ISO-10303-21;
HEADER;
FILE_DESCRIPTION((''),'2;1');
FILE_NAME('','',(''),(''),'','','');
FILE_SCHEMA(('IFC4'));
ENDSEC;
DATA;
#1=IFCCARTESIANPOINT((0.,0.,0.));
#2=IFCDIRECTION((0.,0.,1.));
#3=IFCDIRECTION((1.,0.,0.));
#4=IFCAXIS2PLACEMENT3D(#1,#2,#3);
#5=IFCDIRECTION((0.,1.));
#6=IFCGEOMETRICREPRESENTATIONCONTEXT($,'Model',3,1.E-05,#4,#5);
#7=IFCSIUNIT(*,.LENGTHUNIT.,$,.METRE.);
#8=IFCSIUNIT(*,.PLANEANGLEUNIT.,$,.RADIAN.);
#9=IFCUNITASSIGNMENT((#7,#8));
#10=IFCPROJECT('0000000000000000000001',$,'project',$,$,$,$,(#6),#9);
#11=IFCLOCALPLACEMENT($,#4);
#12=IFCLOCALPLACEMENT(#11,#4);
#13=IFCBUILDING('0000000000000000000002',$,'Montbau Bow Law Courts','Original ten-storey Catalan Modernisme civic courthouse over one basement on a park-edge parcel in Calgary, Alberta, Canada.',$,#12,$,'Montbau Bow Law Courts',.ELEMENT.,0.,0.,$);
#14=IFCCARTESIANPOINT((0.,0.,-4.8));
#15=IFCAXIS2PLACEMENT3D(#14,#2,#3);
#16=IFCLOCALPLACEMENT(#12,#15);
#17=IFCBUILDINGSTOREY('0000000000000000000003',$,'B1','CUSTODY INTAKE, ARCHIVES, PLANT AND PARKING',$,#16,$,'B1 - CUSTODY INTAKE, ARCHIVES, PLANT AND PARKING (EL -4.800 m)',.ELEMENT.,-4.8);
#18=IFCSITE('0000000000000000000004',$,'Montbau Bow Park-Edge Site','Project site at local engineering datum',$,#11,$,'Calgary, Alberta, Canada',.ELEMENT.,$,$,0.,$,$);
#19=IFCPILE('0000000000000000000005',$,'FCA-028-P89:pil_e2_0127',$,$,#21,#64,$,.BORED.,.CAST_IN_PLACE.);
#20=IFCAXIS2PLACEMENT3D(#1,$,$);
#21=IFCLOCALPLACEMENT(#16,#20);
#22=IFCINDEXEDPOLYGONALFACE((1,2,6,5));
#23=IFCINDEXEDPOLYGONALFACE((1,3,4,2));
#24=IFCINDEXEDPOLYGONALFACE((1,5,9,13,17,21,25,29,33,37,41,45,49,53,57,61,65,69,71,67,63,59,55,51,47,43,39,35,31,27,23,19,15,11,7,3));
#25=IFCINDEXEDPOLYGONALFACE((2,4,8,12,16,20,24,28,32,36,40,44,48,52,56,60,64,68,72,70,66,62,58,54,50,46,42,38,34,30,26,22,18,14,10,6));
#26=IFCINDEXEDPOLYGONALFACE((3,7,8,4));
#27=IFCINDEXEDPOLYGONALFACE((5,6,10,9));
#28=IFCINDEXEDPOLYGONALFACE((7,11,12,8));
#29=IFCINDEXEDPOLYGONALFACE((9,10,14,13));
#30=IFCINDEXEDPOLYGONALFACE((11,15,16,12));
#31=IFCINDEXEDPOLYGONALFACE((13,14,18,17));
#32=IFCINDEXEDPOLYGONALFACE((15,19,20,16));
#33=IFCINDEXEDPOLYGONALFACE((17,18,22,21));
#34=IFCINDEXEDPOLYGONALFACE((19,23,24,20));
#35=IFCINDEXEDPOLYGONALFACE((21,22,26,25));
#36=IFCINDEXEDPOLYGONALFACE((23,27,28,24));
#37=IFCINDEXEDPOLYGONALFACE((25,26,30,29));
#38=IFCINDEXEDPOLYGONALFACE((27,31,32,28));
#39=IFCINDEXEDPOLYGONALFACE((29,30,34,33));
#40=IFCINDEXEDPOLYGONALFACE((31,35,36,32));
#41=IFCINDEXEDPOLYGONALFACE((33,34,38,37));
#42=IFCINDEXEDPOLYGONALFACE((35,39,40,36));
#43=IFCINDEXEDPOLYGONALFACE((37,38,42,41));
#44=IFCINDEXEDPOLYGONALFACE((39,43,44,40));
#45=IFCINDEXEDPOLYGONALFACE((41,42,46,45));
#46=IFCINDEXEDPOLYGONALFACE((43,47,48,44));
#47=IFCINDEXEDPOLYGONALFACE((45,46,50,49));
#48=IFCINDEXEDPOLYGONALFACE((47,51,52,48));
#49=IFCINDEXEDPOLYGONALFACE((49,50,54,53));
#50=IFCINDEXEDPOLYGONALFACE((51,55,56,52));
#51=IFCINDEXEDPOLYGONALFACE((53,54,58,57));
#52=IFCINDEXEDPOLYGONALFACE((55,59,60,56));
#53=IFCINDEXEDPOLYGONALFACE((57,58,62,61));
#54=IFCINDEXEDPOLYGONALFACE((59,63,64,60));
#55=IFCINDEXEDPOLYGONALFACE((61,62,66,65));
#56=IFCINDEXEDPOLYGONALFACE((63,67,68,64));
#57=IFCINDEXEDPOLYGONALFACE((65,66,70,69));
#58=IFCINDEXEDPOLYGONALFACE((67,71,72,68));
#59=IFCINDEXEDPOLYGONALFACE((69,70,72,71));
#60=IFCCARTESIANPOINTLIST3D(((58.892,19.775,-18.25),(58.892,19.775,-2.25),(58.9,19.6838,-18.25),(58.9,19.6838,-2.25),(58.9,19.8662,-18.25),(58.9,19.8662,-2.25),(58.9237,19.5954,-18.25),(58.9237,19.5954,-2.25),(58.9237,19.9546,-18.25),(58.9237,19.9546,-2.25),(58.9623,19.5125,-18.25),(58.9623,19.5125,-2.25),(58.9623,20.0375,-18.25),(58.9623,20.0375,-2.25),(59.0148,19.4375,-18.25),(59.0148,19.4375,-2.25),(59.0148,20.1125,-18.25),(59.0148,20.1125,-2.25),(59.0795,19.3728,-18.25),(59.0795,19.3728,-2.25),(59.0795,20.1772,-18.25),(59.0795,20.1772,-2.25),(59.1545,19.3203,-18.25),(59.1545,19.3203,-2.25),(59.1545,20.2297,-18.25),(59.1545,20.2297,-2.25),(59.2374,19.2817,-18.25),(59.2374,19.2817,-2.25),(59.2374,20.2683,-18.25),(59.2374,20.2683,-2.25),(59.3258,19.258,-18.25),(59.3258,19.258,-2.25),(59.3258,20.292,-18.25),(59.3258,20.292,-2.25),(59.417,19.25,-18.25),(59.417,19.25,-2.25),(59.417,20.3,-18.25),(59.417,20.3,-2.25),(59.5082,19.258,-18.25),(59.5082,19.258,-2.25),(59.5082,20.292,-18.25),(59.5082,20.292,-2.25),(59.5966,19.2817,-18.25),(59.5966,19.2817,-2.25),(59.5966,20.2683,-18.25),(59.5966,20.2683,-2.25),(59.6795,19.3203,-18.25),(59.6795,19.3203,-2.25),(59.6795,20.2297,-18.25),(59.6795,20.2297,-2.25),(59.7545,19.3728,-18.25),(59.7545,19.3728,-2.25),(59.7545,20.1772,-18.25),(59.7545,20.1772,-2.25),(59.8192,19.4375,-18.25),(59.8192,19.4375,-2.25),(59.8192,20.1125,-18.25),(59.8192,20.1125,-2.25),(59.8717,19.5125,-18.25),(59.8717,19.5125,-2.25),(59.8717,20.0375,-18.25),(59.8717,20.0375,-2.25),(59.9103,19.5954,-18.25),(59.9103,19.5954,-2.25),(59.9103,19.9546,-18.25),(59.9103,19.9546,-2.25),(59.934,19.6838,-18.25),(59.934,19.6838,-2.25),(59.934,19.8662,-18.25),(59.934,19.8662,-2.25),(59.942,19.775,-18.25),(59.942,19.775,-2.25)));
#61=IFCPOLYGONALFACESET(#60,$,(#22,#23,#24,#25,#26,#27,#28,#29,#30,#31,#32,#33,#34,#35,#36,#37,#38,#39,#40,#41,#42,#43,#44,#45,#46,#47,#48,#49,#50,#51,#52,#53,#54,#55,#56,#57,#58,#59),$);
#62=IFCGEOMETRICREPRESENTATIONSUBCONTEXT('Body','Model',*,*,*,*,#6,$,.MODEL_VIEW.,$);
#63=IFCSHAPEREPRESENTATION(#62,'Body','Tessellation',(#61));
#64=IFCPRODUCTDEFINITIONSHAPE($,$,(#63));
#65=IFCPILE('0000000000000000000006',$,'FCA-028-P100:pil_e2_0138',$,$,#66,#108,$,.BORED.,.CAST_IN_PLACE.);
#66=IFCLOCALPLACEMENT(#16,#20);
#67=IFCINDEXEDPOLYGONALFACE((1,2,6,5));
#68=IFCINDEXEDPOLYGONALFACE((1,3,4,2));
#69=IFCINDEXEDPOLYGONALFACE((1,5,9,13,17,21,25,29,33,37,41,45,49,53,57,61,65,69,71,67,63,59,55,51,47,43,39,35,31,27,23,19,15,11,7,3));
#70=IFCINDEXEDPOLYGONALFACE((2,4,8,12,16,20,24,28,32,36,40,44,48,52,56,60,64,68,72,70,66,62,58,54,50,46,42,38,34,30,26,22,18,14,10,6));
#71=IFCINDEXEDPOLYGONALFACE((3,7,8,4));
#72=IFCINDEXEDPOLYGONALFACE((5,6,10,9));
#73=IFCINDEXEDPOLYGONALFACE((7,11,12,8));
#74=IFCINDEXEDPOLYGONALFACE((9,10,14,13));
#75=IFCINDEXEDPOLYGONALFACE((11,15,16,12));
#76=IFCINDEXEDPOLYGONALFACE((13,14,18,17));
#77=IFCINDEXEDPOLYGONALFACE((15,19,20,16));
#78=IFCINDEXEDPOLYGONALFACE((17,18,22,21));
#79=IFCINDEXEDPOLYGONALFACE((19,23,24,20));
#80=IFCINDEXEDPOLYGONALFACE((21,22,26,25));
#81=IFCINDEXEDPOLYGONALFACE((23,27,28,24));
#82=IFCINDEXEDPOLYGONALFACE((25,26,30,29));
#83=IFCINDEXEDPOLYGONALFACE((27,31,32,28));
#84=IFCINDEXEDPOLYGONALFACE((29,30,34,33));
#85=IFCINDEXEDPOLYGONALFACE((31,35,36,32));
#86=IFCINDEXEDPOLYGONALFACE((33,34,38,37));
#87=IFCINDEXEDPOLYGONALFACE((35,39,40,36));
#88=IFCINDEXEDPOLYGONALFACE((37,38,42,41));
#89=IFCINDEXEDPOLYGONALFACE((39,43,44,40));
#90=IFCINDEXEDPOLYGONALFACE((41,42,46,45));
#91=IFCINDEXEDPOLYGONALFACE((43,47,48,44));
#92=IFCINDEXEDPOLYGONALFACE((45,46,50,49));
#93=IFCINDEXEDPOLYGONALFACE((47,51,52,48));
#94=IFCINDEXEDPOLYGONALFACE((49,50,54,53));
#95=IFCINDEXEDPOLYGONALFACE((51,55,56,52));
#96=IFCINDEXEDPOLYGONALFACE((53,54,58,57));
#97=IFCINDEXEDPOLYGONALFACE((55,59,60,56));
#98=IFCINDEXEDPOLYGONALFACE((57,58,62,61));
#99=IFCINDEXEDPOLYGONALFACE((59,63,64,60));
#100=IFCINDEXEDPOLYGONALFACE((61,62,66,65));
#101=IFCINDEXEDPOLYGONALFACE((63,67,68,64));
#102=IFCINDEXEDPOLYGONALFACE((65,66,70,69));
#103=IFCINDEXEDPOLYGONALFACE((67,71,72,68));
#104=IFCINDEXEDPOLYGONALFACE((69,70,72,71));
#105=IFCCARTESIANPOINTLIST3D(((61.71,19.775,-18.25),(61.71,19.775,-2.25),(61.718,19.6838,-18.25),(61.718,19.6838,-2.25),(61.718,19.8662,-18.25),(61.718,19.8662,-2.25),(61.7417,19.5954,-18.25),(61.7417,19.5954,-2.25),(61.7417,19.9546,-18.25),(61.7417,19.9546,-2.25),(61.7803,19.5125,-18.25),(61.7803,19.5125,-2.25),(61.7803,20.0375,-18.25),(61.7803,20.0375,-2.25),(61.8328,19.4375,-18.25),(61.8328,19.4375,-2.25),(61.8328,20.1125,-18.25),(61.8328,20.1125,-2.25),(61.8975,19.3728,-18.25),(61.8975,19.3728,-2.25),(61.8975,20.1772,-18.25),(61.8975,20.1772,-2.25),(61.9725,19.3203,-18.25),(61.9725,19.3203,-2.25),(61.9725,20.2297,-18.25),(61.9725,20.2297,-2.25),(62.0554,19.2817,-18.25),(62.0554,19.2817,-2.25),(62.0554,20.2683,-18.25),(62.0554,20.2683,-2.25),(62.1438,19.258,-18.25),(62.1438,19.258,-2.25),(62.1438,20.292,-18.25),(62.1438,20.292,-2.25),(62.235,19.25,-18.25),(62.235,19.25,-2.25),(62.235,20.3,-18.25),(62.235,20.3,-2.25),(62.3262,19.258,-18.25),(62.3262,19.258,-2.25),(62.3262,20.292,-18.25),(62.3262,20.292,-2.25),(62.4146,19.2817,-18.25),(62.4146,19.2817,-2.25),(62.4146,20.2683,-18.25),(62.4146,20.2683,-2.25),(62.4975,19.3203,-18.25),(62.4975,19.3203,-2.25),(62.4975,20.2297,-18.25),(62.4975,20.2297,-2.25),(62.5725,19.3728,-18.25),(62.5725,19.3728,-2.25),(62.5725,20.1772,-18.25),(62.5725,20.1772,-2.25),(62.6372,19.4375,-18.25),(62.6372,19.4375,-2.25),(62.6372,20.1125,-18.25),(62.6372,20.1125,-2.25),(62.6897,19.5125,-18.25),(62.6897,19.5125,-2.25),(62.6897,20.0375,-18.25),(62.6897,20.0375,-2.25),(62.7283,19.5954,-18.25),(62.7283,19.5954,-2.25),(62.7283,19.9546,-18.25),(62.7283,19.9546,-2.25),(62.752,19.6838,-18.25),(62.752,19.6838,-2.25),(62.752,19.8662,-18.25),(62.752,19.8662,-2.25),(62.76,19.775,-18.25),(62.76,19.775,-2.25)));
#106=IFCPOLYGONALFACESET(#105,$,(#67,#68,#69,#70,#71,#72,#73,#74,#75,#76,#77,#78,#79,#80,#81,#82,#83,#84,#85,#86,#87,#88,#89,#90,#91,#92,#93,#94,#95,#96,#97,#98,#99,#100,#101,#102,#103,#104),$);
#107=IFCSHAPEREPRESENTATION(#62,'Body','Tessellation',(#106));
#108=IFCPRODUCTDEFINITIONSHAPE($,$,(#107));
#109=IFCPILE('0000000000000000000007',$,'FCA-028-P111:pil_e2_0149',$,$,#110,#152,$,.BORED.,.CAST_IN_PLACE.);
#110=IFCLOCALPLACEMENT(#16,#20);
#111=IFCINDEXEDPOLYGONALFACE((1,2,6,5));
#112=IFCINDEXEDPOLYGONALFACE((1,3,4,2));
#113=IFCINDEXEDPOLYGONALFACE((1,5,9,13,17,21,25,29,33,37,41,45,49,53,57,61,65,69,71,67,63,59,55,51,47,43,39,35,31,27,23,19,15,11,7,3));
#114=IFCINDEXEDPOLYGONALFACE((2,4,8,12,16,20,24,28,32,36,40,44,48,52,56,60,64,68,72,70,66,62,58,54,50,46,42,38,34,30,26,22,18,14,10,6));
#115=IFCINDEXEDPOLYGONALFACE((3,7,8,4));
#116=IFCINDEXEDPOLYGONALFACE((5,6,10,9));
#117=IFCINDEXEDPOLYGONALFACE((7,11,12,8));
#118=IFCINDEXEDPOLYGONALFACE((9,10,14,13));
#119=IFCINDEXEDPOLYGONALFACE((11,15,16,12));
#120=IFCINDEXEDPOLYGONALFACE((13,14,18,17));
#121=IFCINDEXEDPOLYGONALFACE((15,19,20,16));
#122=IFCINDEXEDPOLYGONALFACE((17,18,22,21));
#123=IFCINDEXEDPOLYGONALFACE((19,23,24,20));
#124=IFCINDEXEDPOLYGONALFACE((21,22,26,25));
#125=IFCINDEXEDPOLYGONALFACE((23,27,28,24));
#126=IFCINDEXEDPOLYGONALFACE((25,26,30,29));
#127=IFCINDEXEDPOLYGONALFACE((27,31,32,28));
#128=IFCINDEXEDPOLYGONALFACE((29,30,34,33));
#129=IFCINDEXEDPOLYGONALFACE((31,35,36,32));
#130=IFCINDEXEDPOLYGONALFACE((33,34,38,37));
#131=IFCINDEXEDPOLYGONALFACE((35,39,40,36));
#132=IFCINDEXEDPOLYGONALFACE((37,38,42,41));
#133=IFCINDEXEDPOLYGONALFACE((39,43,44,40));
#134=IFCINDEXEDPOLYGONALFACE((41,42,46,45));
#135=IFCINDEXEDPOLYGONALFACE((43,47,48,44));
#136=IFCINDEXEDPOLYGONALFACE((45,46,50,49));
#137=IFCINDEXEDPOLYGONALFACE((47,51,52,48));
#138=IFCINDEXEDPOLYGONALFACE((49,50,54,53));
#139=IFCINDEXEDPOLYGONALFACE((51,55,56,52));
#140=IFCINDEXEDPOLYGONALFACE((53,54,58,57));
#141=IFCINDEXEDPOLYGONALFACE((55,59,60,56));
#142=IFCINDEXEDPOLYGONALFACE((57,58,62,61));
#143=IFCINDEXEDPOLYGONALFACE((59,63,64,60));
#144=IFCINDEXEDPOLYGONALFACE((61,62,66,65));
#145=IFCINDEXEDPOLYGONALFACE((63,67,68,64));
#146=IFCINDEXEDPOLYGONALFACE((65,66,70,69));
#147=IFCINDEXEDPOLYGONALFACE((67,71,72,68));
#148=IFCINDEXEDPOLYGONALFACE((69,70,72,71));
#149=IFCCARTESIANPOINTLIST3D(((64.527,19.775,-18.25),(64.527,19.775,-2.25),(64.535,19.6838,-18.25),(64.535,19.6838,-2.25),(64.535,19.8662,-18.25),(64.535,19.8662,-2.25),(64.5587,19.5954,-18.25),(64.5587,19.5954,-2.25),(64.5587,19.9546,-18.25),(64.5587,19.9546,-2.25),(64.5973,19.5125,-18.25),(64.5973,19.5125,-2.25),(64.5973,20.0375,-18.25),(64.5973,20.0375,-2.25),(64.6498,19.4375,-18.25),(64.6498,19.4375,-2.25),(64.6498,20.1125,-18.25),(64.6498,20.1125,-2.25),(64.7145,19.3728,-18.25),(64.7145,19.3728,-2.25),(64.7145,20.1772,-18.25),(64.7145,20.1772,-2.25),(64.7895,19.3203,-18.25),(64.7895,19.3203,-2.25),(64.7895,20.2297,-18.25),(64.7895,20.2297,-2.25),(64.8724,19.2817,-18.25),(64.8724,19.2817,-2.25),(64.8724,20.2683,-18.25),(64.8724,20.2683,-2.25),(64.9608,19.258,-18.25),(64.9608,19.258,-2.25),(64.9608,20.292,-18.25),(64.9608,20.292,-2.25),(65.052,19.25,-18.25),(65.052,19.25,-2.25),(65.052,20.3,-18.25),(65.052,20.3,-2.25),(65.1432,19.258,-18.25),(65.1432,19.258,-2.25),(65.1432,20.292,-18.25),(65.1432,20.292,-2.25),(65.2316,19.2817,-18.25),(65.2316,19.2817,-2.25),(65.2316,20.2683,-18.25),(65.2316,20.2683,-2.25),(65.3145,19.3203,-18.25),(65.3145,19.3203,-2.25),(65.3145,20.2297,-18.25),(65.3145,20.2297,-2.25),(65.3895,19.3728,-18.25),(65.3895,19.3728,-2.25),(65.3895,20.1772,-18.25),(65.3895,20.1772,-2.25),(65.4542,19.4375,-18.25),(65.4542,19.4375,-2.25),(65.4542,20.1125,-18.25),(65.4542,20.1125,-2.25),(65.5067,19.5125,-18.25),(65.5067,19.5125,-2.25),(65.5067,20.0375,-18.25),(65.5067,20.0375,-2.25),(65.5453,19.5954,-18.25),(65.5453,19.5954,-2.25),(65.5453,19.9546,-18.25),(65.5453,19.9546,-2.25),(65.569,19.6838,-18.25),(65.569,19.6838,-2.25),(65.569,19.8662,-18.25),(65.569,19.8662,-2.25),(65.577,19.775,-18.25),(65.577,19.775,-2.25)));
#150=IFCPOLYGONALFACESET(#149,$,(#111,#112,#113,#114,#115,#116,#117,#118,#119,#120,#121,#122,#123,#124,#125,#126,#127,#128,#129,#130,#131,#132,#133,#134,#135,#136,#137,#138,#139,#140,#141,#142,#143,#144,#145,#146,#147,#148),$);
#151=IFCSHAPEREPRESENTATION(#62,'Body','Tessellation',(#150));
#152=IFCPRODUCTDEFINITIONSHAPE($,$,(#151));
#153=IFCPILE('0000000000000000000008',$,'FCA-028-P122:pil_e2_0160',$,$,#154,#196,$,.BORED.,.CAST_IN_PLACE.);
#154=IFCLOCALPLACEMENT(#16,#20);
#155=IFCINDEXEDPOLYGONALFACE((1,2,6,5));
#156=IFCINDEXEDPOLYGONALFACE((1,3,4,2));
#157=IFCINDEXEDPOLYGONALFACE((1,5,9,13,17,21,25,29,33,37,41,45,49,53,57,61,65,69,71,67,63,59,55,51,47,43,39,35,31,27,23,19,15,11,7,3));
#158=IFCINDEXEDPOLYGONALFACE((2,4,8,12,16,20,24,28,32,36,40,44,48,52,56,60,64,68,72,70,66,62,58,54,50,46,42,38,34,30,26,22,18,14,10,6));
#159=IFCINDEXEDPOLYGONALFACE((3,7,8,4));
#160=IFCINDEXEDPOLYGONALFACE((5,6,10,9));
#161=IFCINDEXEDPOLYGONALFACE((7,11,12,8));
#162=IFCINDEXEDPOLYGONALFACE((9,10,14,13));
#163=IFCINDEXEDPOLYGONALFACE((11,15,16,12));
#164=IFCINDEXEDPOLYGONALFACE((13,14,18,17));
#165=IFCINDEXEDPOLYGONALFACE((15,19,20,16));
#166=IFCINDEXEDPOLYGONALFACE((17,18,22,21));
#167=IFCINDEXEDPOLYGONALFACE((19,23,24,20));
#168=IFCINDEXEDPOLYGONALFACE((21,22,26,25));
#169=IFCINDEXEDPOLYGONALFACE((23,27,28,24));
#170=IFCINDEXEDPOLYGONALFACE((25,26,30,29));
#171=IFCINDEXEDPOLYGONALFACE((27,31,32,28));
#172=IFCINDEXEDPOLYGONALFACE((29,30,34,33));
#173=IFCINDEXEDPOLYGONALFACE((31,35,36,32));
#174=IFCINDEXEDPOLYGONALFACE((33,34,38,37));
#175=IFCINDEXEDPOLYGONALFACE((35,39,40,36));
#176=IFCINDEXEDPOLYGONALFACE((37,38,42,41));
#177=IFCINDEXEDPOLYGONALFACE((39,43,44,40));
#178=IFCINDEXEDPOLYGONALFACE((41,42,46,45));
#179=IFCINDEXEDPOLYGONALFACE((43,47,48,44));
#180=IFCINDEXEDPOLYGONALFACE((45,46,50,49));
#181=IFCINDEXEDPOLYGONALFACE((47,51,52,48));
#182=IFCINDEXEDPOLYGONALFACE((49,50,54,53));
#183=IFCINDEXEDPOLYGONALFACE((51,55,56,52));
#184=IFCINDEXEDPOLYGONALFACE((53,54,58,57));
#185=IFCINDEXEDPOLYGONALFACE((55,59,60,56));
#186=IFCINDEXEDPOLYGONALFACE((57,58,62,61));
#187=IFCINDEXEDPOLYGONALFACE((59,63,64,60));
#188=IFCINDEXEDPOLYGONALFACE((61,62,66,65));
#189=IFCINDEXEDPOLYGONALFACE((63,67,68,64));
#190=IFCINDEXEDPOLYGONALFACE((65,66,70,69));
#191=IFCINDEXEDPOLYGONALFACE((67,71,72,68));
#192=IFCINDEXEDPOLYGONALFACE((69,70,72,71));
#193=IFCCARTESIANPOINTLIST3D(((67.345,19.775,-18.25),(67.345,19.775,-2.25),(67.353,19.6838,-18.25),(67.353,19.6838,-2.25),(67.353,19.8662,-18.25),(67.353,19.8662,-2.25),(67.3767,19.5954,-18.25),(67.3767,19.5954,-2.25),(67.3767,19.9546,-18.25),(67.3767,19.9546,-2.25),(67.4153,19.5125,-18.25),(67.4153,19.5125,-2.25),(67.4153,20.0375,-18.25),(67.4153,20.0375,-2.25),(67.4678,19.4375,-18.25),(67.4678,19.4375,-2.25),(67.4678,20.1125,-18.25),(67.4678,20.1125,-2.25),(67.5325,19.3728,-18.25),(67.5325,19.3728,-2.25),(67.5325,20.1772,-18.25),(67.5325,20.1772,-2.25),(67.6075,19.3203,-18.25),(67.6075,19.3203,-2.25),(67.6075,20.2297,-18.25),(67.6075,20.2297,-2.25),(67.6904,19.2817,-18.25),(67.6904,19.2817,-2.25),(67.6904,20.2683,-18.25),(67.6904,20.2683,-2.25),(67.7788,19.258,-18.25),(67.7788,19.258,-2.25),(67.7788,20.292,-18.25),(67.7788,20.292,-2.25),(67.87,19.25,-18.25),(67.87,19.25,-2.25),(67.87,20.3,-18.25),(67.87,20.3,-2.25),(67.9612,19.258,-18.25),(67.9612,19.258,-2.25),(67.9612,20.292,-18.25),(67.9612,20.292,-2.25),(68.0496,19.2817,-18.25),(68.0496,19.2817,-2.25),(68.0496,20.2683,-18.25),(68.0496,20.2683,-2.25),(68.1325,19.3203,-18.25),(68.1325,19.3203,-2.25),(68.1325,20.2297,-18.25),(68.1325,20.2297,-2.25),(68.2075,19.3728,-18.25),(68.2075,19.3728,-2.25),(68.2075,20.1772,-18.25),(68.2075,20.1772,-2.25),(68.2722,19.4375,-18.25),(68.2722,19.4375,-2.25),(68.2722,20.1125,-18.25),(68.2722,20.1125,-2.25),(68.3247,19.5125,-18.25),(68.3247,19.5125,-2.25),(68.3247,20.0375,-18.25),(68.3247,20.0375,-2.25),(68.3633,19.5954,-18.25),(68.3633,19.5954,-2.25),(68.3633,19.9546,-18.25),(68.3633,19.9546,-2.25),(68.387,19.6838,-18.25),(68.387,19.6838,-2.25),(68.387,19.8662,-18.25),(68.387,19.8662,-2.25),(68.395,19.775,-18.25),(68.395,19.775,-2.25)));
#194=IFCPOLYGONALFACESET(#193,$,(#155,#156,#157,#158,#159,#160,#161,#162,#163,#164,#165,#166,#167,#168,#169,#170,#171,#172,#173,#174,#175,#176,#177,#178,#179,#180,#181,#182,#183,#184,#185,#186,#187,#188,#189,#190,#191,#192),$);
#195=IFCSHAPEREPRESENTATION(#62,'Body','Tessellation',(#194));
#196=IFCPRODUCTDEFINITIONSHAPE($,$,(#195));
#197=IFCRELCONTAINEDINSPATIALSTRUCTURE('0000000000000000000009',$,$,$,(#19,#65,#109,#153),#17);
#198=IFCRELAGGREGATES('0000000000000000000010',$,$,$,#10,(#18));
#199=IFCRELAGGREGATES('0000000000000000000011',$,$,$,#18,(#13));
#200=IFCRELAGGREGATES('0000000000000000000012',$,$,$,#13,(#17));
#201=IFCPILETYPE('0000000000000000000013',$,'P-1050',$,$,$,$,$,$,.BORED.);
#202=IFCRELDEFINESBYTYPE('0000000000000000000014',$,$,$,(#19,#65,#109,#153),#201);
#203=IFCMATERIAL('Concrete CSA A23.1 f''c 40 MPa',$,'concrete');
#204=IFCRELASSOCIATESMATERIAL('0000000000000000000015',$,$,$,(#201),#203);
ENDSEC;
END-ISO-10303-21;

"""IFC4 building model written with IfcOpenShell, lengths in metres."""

from ifc_helpers import new_model, si_unit, direction, frame, origin_with_axes, origin_2d_with_axis, place, context, subcontext, project, spatial, circle, extrude, material, material_profile, profile_set, type_object, element, save


model = new_model("IFC4")

# Units and contexts
model_context = context("Model", 3, precision=1e-05, world=origin_with_axes(), true_north=direction((0.0, 1.0)))
body_context = subcontext(model_context, "Body", "Model", "MODEL_VIEW")
ifc_project = project(units=[si_unit("LENGTHUNIT", "METRE"), si_unit("PLANEANGLEUNIT", "RADIAN")], contexts=[model_context])

# Site, building, storey
site_placement = place(None, origin_with_axes())
site = spatial("IfcSite", under=ifc_project, at=site_placement, Name="Montbau Bow Park-Edge Site", Description="Project site at local engineering datum", LongName="Calgary, Alberta, Canada", CompositionType="ELEMENT", RefElevation=0.0)
building_placement = place(site_placement, origin_with_axes())
building = spatial("IfcBuilding", under=site, at=building_placement, Name="Montbau Bow Law Courts", Description="Original ten-storey Catalan Modernisme civic courthouse over one basement on a park-edge parcel in Calgary, Alberta, Canada.", LongName="Montbau Bow Law Courts", CompositionType="ELEMENT", ElevationOfRefHeight=0.0, ElevationOfTerrain=0.0)
storey_placement = place(building_placement, frame((0.0, 0.0, -4.8), z_axis=(0.0, 0.0, 1.0), x_axis=(1.0, 0.0, 0.0)))
storey = spatial("IfcBuildingStorey", under=building, at=storey_placement, Name="B1", Description="CUSTODY INTAKE, ARCHIVES, PLANT AND PARKING", LongName="B1 - CUSTODY INTAKE, ARCHIVES, PLANT AND PARKING (EL -4.800 m)", CompositionType="ELEMENT", Elevation=-4.8)

# Piles
ifc_material_1 = material(Name="Concrete CSA A23.1 f'c 40 MPa", Category="concrete")
ifc_material_profile_1 = material_profile(ifc_material_1, circle(Radius=0.525, at=origin_2d_with_axis()), Name="BP1050", Category="Main", Priority=0)
ifc_profile_set_1 = profile_set([ifc_material_profile_1], Name="Concrete CSA A23.1 f'c 40 MPa")
pile_type_1 = type_object("IfcPileType", Name="P-1050", PredefinedType="BORED", material=ifc_profile_set_1)
for number, where, z_axis, x_axis, name in (
    (1, (59.417, 19.775, -23.05), (0.0, 0.0, 1.0), (1.0, 0.0, 0.0), "FCA-028-P89:pil_e2_0127"),
    (2, (62.235, 19.775, -23.05), (0.0, 0.0, 1.0), (1.0, 0.0, 0.0), "FCA-028-P100:pil_e2_0138"),
    (3, (65.052, 19.775, -23.05), (0.0, 0.0, 1.0), (1.0, 0.0, 0.0), "FCA-028-P111:pil_e2_0149"),
    (4, (67.87, 19.775, -23.05), (0.0, 0.0, 1.0), (1.0, 0.0, 0.0), "FCA-028-P122:pil_e2_0160"),
):
    element("IfcPile", number, at=place(None, frame(where, z_axis=z_axis, x_axis=x_axis)), inside=storey, type_object=pile_type_1, Name=name, ConstructionType="CAST_IN_PLACE", PredefinedType="BORED", context=body_context, shape_type="SweptSolid", body=[
        extrude(circle(Radius=0.525, at=origin_2d_with_axis()), origin_with_axes(), (0.0, 0.0, 1.0), 16.0),
    ])

save(model, "model.ifc")
